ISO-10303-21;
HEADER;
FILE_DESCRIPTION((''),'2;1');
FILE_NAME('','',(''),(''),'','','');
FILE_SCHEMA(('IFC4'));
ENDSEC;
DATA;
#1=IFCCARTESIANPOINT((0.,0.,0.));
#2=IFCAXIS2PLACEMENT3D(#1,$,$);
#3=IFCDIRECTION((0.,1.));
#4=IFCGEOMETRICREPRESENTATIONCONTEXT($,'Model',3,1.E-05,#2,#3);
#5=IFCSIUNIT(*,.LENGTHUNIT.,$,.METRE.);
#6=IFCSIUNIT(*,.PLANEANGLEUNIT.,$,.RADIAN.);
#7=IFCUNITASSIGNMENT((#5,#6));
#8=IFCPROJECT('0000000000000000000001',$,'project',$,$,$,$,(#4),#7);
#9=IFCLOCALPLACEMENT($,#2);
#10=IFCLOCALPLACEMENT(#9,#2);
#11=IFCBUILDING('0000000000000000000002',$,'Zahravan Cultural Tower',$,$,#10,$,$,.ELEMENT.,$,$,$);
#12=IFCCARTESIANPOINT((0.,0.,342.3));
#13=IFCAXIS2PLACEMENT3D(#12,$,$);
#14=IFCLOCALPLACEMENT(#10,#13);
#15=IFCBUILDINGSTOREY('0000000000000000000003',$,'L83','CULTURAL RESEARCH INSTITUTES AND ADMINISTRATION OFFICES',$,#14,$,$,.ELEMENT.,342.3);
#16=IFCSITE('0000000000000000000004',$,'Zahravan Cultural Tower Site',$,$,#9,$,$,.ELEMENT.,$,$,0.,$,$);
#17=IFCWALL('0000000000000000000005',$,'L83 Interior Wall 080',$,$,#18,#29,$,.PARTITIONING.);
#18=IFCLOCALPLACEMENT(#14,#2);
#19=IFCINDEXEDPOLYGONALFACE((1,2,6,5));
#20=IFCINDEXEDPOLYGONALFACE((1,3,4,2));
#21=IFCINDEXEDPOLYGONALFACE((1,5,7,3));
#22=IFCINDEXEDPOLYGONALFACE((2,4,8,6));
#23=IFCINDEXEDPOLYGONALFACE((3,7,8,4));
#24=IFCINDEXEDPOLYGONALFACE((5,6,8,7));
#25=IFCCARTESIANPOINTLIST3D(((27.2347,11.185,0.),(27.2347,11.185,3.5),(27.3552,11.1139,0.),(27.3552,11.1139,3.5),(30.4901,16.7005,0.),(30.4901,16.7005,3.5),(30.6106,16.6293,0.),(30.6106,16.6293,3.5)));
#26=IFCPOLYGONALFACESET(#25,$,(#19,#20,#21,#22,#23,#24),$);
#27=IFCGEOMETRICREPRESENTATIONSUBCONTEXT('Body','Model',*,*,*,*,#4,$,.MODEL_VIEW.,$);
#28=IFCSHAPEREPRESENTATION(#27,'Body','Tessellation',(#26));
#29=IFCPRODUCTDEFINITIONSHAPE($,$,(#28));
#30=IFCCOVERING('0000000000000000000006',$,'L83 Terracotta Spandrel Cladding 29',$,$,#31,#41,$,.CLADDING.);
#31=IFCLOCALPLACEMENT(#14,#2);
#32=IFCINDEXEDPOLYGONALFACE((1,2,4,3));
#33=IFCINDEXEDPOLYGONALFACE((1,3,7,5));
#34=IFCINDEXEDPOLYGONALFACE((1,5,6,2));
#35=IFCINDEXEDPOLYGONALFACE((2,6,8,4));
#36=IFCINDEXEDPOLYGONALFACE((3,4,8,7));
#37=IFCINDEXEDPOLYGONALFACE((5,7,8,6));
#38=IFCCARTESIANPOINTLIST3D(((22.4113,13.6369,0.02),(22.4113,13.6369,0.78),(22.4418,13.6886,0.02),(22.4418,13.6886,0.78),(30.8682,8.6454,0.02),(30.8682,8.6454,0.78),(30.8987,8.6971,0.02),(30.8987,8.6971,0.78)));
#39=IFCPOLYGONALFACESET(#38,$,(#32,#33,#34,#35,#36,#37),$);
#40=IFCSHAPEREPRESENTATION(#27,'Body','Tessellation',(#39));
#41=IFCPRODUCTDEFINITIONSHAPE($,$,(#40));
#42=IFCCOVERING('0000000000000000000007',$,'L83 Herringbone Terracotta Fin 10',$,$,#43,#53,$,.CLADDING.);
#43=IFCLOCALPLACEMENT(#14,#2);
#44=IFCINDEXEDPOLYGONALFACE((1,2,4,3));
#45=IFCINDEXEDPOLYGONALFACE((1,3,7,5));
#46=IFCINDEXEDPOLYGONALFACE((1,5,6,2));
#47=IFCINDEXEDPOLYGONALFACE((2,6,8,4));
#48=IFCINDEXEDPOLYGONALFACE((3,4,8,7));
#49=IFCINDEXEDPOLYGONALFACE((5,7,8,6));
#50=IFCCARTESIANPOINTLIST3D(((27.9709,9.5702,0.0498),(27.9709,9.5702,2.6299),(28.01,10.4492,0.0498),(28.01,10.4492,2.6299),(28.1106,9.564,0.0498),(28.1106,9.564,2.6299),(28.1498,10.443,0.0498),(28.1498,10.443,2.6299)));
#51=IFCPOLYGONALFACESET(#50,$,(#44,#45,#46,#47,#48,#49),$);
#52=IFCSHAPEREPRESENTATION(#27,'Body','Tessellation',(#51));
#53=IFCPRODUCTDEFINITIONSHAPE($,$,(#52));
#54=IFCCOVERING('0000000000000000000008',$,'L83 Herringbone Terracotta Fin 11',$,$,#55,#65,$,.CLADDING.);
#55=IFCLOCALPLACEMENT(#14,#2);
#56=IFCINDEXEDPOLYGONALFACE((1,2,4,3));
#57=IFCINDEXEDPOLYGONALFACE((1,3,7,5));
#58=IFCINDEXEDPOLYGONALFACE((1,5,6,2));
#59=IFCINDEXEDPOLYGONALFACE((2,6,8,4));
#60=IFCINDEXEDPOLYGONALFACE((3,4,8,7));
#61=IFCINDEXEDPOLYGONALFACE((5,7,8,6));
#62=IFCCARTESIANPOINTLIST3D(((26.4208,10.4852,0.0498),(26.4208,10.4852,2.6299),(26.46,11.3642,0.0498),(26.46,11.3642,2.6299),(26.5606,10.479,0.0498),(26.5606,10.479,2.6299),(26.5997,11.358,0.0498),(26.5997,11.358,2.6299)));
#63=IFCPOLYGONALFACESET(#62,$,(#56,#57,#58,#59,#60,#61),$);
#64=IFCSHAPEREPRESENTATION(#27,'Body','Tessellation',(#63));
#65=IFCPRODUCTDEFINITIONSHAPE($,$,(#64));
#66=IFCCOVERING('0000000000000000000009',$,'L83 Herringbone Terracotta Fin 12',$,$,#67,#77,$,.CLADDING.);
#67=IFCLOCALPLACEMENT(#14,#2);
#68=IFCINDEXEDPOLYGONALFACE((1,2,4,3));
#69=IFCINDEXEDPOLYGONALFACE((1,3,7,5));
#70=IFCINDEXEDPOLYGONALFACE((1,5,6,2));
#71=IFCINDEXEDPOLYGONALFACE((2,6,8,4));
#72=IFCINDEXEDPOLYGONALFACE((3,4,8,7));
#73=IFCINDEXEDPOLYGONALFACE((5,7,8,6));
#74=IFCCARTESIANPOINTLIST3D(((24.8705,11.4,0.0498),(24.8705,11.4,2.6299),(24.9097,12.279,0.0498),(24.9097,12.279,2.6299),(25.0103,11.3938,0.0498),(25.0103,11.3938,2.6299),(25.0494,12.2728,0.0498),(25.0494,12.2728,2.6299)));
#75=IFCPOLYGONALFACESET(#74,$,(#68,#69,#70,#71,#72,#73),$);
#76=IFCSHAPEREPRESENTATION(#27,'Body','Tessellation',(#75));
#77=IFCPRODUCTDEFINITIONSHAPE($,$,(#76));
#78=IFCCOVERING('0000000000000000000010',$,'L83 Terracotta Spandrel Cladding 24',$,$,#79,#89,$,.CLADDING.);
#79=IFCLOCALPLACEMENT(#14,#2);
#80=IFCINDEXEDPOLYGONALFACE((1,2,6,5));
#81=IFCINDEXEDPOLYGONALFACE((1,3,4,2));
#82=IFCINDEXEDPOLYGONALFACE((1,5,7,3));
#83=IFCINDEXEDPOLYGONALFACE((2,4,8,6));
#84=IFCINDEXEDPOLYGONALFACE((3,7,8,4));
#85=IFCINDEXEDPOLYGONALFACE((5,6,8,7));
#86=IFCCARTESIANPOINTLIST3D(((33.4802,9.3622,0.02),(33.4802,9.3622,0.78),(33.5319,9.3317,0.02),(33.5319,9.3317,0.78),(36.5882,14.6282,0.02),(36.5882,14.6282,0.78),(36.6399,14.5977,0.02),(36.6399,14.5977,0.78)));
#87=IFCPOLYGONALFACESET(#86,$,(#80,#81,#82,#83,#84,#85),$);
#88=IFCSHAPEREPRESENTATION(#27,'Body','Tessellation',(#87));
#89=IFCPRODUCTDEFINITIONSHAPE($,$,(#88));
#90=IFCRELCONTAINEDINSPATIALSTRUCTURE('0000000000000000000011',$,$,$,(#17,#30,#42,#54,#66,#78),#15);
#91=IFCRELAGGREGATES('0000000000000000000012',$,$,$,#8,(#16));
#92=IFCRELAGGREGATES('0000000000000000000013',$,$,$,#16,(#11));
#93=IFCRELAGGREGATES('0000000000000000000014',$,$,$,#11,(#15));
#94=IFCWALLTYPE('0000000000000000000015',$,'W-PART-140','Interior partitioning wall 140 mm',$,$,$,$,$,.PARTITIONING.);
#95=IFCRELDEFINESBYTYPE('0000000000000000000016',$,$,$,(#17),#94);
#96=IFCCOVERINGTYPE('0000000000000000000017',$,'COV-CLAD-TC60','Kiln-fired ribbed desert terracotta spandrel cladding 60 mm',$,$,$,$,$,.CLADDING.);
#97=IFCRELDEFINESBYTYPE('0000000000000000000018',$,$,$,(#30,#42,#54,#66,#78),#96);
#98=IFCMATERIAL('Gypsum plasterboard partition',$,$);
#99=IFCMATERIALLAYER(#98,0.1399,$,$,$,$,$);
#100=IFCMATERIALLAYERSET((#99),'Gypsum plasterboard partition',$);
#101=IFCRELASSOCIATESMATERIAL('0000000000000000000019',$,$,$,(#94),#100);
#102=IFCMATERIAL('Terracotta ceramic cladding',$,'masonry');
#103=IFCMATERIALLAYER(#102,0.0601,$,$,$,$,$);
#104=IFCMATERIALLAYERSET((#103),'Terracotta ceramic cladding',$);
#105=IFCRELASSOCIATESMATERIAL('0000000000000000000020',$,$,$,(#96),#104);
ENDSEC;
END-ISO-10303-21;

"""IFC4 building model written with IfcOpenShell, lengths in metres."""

from ifc_helpers import new_model, si_unit, direction, frame, frame_2d, origin, origin_2d, place, context, subcontext, project, spatial, rectangle, extrude, source, transform, mapped, material, layer, layer_set, type_object, element, save


model = new_model("IFC4")

# Units and contexts
model_context = context("Model", 3, precision=1e-05, world=origin(), true_north=direction((0.0, 1.0)))
body_context = subcontext(model_context, "Body", "Model", "MODEL_VIEW")
ifc_project = project(units=[si_unit("LENGTHUNIT", "METRE"), si_unit("PLANEANGLEUNIT", "RADIAN")], contexts=[model_context])

# Site, building, storey
site_placement = place(None, origin())
site = spatial("IfcSite", under=ifc_project, at=site_placement, Name="Zahravan Cultural Tower Site", CompositionType="ELEMENT", RefElevation=0.0)
building_placement = place(site_placement, origin())
building = spatial("IfcBuilding", under=site, at=building_placement, Name="Zahravan Cultural Tower", CompositionType="ELEMENT")
storey_placement = place(building_placement, frame((0.0, 0.0, 342.3)))
storey = spatial("IfcBuildingStorey", under=building, at=storey_placement, Name="L83", Description="CULTURAL RESEARCH INSTITUTES AND ADMINISTRATION OFFICES", CompositionType="ELEMENT", Elevation=342.3)

# Shared definitions
ifc_material_1 = material(Name="Gypsum plasterboard partition")
ifc_layer_1 = layer(ifc_material_1, 0.1399)
ifc_layer_set_1 = layer_set([ifc_layer_1], Name="Gypsum plasterboard partition")
wall_type_1 = type_object("IfcWallType", Name="W-PART-140", Description="Interior partitioning wall 140 mm", PredefinedType="PARTITIONING", material=ifc_layer_set_1)

# Wall
shared_shape_1 = source(origin(), body_context, "Body", "SweptSolid", [
    extrude(rectangle(XDim=6.4045, YDim=0.1399, at=frame_2d((3.2021, 0.0))), origin(), (0.0, 0.0, 1.0), 3.5),
])
wall_1_placement = place(storey_placement, frame((30.5503, 16.6648, 0.0), z_axis=(0.0, 0.0, 1.0), x_axis=(-0.508299, -0.861181, 0.0)))
element("IfcWall", 1, at=wall_1_placement, inside=storey, type_object=wall_type_1, Name="L83 Interior Wall 080", PredefinedType="PARTITIONING", context=body_context, shape_type="MappedRepresentation", body=[
    mapped(shared_shape_1, transform((0.0, 0.0, 0.0), x_axis=(1.0, 0.0, 0.0), y_axis=(0.0, 1.0, 0.0), z_axis=(0.0, 0.0, 1.0), scale=1.0)),
])

# Coverings
ifc_material_2 = material(Name="Terracotta ceramic cladding", Category="masonry")
ifc_layer_2 = layer(ifc_material_2, 0.0601)
ifc_layer_set_2 = layer_set([ifc_layer_2], Name="Terracotta ceramic cladding")
covering_type = type_object("IfcCoveringType", Name="COV-CLAD-TC60", Description="Kiln-fired ribbed desert terracotta spandrel cladding 60 mm", PredefinedType="CLADDING", material=ifc_layer_set_2)
shared_shape_2 = source(origin(), body_context, "Body", "SweptSolid", [
    extrude(rectangle(XDim=9.8201, YDim=0.0601, at=origin_2d()), origin(), (0.0, 0.0, 1.0), 0.76),
])
covering_1_placement = place(storey_placement, frame((26.655, 11.167, 0.02), z_axis=(0.0, 0.0, 1.0), x_axis=(-0.861186, 0.50829, 0.0)))
element("IfcCovering", 2, at=covering_1_placement, inside=storey, type_object=covering_type, Name="L83 Terracotta Spandrel Cladding 29", PredefinedType="CLADDING", context=body_context, shape_type="MappedRepresentation", body=[
    mapped(shared_shape_2, transform((0.0, 0.0, 0.0), x_axis=(1.0, 0.0, 0.0), y_axis=(0.0, 1.0, 0.0), z_axis=(0.0, 0.0, 1.0), scale=1.0)),
])
shared_shape_3 = source(origin(), body_context, "Body", "SweptSolid", [
    extrude(rectangle(XDim=0.8799, YDim=0.1399, at=origin_2d()), origin(), (0.0, 0.0, 1.0), 2.5801),
])
for number, where, z_axis, x_axis, name in (
    (3, (28.0603, 10.0066, 0.0498), (0.0, 0.0, 1.0), (-0.044491, -0.99901, 0.0), "L83 Herringbone Terracotta Fin 10"),
    (4, (26.5103, 10.9216, 0.0498), (0.0, 0.0, 1.0), (-0.044491, -0.99901, 0.0), "L83 Herringbone Terracotta Fin 11"),
    (5, (24.96, 11.8364, 0.0498), (0.0, 0.0, 1.0), (-0.044491, -0.99901, 0.0), "L83 Herringbone Terracotta Fin 12"),
):
    element("IfcCovering", number, at=place(storey_placement, frame(where, z_axis=z_axis, x_axis=x_axis)), inside=storey, type_object=covering_type, Name=name, PredefinedType="CLADDING", context=body_context, shape_type="MappedRepresentation", body=[
        mapped(shared_shape_3, transform((0.0, 0.0, 0.0), x_axis=(1.0, 0.0, 0.0), y_axis=(0.0, 1.0, 0.0), z_axis=(0.0, 0.0, 1.0), scale=1.0)),
    ])
shared_shape_4 = source(origin(), body_context, "Body", "SweptSolid", [
    extrude(rectangle(XDim=6.1147, YDim=0.0601, at=origin_2d()), origin(), (0.0, 0.0, 1.0), 0.76),
])
covering_2_placement = place(storey_placement, frame((35.0601, 11.98, 0.02), z_axis=(0.0, 0.0, 1.0), x_axis=(-0.508275, -0.861195, 0.0)))
element("IfcCovering", 6, at=covering_2_placement, inside=storey, type_object=covering_type, Name="L83 Terracotta Spandrel Cladding 24", PredefinedType="CLADDING", context=body_context, shape_type="MappedRepresentation", body=[
    mapped(shared_shape_4, transform((0.0, 0.0, 0.0), x_axis=(1.0, 0.0, 0.0), y_axis=(0.0, 1.0, 0.0), z_axis=(0.0, 0.0, 1.0), scale=1.0)),
])

save(model, "model.ifc")
